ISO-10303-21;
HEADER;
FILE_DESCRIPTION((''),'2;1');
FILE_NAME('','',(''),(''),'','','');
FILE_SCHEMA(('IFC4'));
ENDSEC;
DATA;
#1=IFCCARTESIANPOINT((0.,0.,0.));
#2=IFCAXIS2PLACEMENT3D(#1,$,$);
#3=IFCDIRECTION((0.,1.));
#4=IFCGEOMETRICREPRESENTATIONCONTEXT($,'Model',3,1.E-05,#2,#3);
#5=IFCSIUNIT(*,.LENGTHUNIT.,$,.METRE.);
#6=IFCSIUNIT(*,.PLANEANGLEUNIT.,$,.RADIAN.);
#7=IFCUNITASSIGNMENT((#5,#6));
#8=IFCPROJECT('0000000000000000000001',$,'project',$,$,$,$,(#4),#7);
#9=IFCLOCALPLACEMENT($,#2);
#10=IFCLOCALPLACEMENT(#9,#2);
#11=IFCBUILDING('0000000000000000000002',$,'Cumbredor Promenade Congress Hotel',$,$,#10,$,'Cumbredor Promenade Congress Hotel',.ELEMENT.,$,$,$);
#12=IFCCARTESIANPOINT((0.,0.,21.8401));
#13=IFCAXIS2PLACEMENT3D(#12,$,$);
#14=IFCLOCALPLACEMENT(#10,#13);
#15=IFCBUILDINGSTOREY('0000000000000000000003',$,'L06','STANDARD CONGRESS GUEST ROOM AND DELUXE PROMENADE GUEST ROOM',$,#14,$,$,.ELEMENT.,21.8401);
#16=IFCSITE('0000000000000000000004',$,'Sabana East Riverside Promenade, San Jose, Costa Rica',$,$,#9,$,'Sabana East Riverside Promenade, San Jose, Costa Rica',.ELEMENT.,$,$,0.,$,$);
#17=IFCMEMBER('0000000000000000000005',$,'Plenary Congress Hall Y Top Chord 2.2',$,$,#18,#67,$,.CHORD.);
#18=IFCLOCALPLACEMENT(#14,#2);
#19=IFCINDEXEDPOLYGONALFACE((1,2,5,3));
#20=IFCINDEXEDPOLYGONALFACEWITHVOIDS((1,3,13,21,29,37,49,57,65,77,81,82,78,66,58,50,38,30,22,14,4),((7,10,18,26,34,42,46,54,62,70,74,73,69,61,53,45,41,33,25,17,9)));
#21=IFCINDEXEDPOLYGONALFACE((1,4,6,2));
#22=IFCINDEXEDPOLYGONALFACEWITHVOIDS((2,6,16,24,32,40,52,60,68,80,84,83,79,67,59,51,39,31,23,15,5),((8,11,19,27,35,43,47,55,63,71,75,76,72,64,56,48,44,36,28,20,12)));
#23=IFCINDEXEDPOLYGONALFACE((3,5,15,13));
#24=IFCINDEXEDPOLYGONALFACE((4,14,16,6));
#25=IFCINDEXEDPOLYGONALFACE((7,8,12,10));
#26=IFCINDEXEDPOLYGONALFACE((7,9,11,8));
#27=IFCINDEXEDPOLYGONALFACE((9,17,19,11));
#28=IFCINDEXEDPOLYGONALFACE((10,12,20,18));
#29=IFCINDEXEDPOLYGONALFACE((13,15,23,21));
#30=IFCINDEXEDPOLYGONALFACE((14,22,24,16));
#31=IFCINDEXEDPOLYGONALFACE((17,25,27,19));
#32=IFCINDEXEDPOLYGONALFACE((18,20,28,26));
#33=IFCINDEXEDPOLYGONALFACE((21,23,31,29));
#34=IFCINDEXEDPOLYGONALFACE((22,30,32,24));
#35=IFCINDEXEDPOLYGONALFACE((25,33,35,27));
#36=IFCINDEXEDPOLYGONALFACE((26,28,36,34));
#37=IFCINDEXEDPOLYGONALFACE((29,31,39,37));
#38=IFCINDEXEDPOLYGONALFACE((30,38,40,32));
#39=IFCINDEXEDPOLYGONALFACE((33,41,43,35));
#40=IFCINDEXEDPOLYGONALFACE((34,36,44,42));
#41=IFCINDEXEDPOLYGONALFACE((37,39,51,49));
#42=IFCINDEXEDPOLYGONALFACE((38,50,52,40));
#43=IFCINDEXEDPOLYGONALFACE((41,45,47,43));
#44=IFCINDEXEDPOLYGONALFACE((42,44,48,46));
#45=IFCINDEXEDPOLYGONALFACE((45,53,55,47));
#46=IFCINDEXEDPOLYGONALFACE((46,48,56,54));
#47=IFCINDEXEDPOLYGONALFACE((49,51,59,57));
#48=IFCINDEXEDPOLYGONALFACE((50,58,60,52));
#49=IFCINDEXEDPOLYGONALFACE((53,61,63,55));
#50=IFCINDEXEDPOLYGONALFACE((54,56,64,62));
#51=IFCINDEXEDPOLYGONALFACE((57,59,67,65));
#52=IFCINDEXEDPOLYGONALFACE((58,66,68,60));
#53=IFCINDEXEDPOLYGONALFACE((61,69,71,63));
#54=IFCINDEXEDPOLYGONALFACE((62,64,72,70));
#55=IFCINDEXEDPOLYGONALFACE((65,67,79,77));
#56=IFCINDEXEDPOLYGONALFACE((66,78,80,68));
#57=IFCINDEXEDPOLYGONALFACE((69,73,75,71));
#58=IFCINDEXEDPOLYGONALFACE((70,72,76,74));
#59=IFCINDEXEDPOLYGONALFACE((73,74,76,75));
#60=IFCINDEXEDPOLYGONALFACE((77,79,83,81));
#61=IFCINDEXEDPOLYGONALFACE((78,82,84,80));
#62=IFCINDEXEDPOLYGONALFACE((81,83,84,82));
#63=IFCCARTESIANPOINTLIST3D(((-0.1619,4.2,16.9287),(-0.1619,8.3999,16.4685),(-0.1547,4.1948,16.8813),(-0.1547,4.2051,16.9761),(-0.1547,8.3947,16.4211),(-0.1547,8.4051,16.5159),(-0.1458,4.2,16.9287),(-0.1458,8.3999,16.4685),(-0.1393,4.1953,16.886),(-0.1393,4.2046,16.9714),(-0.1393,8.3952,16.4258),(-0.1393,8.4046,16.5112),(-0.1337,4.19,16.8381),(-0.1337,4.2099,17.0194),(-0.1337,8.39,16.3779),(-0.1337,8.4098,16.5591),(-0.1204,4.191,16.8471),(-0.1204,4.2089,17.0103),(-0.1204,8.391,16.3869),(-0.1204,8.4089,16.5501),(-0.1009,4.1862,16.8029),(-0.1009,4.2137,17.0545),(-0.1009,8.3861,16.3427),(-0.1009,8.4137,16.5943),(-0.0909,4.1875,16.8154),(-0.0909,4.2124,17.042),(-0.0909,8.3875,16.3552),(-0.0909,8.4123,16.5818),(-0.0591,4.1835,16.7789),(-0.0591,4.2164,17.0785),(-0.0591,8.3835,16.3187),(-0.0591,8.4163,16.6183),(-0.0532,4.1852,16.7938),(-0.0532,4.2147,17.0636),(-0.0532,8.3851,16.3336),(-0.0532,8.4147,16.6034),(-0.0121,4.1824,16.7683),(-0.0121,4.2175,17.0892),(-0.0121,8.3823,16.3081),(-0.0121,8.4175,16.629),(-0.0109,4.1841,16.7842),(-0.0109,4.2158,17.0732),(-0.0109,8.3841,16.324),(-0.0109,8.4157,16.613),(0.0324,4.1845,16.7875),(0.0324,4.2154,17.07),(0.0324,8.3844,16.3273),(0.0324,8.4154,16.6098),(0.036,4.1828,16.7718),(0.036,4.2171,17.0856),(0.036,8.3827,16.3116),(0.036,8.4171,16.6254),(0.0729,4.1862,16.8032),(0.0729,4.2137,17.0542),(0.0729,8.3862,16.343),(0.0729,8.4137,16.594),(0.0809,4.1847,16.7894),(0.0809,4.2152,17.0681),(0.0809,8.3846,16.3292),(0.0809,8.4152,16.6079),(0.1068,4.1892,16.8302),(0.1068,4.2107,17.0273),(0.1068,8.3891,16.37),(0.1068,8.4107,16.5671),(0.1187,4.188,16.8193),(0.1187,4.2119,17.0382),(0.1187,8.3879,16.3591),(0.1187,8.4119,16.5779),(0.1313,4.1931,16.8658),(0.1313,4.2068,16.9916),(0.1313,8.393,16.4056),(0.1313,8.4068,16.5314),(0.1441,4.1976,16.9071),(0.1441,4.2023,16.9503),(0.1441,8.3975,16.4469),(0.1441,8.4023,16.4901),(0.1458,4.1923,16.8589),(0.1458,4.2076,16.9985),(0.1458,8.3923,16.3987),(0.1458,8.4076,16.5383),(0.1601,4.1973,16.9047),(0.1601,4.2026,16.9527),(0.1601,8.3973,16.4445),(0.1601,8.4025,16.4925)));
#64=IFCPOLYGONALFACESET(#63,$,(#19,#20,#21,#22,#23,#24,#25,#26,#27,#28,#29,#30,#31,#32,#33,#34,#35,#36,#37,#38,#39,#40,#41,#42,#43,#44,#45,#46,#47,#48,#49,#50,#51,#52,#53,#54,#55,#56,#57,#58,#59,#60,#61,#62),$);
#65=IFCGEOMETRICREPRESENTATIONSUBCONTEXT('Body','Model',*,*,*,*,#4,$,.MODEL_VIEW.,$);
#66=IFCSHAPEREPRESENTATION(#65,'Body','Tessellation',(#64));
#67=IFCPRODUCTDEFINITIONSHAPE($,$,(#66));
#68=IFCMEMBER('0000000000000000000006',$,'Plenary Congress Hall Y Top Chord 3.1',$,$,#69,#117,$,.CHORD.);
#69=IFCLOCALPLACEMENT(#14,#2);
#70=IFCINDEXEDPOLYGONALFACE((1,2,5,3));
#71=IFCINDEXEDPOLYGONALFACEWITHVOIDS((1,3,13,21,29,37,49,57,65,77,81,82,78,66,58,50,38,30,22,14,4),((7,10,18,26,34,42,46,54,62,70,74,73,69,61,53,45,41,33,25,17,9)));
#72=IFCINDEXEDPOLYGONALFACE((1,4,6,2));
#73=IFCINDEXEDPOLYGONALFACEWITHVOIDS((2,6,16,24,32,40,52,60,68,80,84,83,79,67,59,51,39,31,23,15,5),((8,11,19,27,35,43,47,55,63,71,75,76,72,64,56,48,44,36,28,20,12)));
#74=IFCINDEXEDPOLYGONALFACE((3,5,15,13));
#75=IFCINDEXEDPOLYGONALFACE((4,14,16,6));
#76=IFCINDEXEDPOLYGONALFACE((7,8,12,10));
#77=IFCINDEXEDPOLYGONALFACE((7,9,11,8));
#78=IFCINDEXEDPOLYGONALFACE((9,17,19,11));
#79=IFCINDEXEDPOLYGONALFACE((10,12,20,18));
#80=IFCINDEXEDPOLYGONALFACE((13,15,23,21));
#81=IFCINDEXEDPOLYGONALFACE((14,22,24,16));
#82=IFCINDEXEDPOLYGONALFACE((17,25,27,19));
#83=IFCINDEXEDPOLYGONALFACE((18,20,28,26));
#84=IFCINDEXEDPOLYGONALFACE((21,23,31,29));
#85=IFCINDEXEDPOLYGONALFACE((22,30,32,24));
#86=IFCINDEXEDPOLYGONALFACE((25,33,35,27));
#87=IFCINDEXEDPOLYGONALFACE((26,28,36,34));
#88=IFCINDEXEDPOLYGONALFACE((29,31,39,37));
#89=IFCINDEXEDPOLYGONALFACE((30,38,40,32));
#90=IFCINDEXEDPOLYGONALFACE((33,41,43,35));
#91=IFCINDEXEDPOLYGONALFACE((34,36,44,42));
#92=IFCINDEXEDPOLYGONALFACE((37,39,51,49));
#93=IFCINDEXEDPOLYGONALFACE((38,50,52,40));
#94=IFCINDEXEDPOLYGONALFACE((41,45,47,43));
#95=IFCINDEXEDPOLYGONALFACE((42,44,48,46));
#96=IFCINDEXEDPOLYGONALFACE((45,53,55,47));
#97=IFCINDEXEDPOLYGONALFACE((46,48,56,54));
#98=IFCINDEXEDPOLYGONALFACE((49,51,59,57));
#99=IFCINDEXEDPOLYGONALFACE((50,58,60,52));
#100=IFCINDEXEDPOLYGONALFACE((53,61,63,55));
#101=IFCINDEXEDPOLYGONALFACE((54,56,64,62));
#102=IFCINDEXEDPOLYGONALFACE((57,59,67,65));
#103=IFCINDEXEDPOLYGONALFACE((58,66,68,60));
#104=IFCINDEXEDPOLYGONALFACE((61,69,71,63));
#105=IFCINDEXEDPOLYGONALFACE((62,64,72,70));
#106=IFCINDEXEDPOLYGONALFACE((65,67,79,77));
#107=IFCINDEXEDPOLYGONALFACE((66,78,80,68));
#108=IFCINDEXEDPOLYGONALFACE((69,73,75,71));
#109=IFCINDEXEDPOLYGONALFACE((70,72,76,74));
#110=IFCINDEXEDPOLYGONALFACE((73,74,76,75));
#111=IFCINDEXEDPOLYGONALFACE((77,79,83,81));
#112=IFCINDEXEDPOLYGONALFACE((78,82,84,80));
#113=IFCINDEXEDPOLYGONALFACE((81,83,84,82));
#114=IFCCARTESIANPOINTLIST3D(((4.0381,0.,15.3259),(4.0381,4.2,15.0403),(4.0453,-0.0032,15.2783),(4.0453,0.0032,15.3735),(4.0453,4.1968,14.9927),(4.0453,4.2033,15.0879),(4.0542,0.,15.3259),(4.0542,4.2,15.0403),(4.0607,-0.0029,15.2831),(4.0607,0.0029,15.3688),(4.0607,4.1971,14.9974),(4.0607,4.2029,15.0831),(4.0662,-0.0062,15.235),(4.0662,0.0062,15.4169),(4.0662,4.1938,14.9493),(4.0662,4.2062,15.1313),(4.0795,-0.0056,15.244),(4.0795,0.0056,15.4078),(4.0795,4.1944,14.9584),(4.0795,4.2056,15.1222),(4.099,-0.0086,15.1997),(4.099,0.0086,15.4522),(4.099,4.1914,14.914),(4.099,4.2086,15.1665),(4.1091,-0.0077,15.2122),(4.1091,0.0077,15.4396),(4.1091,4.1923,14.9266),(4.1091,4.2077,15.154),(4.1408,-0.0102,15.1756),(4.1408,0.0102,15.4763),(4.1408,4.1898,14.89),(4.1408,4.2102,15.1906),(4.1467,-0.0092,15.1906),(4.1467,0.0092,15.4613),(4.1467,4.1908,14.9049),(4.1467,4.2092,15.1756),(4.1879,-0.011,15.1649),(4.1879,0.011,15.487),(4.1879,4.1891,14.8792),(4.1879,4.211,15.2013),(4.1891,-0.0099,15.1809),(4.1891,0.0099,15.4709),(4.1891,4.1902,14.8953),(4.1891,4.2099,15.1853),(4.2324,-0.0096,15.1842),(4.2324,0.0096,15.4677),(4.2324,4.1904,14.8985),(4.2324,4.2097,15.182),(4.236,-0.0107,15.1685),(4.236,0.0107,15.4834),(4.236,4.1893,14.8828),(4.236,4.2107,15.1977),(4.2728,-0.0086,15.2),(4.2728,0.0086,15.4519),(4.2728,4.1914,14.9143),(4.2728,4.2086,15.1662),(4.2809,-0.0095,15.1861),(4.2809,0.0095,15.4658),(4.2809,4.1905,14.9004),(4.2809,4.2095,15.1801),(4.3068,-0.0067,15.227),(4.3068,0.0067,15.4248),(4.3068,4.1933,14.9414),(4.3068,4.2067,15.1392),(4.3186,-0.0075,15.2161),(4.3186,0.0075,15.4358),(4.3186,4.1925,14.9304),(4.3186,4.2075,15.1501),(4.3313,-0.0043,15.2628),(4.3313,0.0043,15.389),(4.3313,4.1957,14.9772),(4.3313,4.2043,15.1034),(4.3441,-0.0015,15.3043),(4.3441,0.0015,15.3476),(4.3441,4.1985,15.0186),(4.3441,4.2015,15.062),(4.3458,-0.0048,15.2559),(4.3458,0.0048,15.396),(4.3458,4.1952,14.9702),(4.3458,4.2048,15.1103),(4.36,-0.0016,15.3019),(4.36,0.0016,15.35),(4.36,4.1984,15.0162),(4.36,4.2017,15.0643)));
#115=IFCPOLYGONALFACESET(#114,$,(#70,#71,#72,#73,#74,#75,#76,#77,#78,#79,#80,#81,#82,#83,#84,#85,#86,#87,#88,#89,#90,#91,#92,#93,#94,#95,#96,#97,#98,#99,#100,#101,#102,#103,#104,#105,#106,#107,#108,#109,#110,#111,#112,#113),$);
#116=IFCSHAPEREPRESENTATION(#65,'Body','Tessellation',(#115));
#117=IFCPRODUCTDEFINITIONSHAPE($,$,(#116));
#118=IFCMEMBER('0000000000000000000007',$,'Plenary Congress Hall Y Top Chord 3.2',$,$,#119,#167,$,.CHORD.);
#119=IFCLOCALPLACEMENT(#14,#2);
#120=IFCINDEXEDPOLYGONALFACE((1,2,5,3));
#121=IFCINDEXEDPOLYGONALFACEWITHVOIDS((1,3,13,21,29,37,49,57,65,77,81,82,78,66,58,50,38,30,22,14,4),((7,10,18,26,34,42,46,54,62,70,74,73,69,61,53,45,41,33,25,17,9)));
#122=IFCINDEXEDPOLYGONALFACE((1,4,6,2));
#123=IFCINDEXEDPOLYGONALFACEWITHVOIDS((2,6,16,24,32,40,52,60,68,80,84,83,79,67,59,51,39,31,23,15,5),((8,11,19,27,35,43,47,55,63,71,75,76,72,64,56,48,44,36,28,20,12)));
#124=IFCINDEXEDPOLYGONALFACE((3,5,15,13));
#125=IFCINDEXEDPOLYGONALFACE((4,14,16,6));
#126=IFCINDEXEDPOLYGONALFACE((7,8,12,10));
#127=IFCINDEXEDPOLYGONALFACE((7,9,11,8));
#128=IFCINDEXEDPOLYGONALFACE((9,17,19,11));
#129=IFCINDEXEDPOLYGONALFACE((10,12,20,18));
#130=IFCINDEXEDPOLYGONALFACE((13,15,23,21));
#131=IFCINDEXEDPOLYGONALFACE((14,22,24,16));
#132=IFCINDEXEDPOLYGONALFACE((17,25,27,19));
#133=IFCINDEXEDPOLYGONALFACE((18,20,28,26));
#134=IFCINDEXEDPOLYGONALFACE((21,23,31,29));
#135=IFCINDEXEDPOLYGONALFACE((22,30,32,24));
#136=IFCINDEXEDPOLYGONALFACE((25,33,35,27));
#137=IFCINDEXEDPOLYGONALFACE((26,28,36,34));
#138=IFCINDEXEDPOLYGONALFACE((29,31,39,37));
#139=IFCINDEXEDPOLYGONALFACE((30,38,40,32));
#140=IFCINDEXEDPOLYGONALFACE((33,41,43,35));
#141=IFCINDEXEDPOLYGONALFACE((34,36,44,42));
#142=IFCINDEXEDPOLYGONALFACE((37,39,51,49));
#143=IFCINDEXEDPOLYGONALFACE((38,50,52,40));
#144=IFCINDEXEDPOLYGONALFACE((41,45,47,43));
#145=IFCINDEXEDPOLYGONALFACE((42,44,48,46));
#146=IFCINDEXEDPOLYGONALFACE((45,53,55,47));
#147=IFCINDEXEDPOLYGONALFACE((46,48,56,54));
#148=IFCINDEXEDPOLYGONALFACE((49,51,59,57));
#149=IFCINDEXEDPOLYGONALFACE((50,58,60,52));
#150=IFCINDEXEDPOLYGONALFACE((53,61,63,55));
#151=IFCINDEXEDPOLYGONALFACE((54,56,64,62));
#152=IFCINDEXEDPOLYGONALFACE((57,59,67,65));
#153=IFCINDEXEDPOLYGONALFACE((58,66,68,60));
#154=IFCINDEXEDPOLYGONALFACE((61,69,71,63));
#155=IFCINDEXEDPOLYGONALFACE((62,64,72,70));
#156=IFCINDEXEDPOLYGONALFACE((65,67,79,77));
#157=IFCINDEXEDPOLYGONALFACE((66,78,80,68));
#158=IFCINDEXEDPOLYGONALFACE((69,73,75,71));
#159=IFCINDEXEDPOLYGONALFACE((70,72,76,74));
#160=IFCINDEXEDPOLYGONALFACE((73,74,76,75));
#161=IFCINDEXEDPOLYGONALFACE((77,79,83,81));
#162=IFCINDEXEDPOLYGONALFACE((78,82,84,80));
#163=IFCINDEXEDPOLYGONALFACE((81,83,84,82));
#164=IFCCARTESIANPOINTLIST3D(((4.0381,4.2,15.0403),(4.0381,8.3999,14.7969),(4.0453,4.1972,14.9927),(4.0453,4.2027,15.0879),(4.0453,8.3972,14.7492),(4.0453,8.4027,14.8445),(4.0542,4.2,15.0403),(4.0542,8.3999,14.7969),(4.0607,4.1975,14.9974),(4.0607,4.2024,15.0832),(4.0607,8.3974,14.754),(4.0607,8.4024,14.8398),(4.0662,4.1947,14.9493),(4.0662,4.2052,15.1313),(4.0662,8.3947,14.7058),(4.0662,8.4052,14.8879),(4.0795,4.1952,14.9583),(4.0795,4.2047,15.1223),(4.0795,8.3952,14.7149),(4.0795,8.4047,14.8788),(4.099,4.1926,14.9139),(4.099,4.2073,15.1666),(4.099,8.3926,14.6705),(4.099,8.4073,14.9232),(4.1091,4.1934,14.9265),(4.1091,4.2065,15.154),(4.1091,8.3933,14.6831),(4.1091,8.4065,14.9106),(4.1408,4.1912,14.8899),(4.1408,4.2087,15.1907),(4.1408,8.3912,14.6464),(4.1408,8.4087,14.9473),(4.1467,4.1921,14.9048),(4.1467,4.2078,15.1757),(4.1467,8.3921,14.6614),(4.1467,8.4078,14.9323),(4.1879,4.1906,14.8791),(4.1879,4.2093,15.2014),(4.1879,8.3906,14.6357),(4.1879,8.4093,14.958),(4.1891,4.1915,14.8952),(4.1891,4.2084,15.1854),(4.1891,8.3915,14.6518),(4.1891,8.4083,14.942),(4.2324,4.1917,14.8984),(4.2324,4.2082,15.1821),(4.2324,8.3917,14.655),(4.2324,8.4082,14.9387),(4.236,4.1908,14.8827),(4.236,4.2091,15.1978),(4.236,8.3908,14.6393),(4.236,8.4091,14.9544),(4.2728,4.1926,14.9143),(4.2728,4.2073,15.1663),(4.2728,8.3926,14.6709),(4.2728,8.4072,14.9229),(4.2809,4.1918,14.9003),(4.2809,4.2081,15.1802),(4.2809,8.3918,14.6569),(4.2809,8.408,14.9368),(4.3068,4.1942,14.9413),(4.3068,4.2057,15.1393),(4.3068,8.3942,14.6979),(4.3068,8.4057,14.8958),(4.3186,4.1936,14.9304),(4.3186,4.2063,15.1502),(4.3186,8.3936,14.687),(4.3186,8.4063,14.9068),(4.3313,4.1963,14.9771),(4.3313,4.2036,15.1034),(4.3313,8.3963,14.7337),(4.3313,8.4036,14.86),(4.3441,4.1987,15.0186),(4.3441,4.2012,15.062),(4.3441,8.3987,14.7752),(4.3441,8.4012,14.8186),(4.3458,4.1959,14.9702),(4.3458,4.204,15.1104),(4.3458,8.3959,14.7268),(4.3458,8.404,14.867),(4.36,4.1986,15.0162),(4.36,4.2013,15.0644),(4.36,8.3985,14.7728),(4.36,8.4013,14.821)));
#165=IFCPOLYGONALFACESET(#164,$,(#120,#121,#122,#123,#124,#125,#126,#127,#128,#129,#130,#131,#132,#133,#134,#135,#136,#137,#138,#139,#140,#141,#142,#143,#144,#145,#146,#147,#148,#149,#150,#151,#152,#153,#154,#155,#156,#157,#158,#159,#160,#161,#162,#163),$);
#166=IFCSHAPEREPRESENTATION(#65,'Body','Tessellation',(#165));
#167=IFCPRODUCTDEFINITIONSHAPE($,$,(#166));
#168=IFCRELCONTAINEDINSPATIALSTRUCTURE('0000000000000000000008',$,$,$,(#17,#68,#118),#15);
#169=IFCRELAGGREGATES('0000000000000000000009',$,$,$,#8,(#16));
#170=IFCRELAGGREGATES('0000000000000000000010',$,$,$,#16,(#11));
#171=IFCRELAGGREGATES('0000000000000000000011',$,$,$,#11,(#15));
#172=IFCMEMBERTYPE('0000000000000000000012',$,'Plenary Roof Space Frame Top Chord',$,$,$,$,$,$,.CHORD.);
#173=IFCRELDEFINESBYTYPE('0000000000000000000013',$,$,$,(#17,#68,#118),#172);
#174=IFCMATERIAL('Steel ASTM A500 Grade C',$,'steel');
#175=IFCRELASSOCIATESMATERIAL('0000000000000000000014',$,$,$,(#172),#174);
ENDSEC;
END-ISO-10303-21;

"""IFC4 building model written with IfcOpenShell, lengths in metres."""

from ifc_helpers import new_model, si_unit, direction, frame, origin, origin_2d, place, context, subcontext, project, spatial, hollow_circle, extrude, material, material_profile, profile_set, type_object, element, save


model = new_model("IFC4")

# Units and contexts
model_context = context("Model", 3, precision=1e-05, world=origin(), true_north=direction((0.0, 1.0)))
body_context = subcontext(model_context, "Body", "Model", "MODEL_VIEW")
ifc_project = project(units=[si_unit("LENGTHUNIT", "METRE"), si_unit("PLANEANGLEUNIT", "RADIAN")], contexts=[model_context])

# Site, building, storey
site_placement = place(None, origin())
site = spatial("IfcSite", under=ifc_project, at=site_placement, Name="Sabana East Riverside Promenade, San Jose, Costa Rica", LongName="Sabana East Riverside Promenade, San Jose, Costa Rica", CompositionType="ELEMENT", RefElevation=0.0)
building_placement = place(site_placement, origin())
building = spatial("IfcBuilding", under=site, at=building_placement, Name="Cumbredor Promenade Congress Hotel", LongName="Cumbredor Promenade Congress Hotel", CompositionType="ELEMENT")
storey_placement = place(building_placement, frame((0.0, 0.0, 21.8401)))
storey = spatial("IfcBuildingStorey", under=building, at=storey_placement, Name="L06", Description="STANDARD CONGRESS GUEST ROOM AND DELUXE PROMENADE GUEST ROOM", CompositionType="ELEMENT", Elevation=21.8401)

# Members
ifc_material_1 = material(Name="Steel ASTM A500 Grade C", Category="steel")
ifc_material_profile_1 = material_profile(ifc_material_1, hollow_circle(Radius=0.1619, WallThickness=0.0161, at=origin_2d()), Name="CHS 323.9x16")
ifc_profile_set_1 = profile_set([ifc_material_profile_1], Name="Steel ASTM A500 Grade C")
member_type_1 = type_object("IfcMemberType", Name="Plenary Roof Space Frame Top Chord", PredefinedType="CHORD", material=ifc_profile_set_1)
member_1_placement = place(storey_placement, frame((0.0, 4.2, 16.9287), z_axis=(0.0, 0.99405, -0.108922), x_axis=(-1.0, 0.0, 0.0)))
element("IfcMember", 1, at=member_1_placement, inside=storey, type_object=member_type_1, Name="Plenary Congress Hall Y Top Chord 2.2", PredefinedType="CHORD", context=body_context, shape_type="SweptSolid", body=[
    extrude(hollow_circle(Radius=0.1619, WallThickness=0.0161, at=origin_2d()), origin(), (0.0, 0.0, 1.0), 4.2251),
])
member_2_placement = place(storey_placement, frame((4.2, 0.0, 15.3259), z_axis=(0.0, 0.997695, -0.067855), x_axis=(-1.0, 0.0, 0.0)))
element("IfcMember", 2, at=member_2_placement, inside=storey, type_object=member_type_1, Name="Plenary Congress Hall Y Top Chord 3.1", PredefinedType="CHORD", context=body_context, shape_type="SweptSolid", body=[
    extrude(hollow_circle(Radius=0.1619, WallThickness=0.0161, at=origin_2d()), origin(), (0.0, 0.0, 1.0), 4.2097),
])
member_3_placement = place(storey_placement, frame((4.2, 4.2, 15.0403), z_axis=(0.0, 0.998325, -0.057858), x_axis=(-1.0, 0.0, 0.0)))
element("IfcMember", 3, at=member_3_placement, inside=storey, type_object=member_type_1, Name="Plenary Congress Hall Y Top Chord 3.2", PredefinedType="CHORD", context=body_context, shape_type="SweptSolid", body=[
    extrude(hollow_circle(Radius=0.1619, WallThickness=0.0161, at=origin_2d()), origin(), (0.0, 0.0, 1.0), 4.207),
])

save(model, "model.ifc")
